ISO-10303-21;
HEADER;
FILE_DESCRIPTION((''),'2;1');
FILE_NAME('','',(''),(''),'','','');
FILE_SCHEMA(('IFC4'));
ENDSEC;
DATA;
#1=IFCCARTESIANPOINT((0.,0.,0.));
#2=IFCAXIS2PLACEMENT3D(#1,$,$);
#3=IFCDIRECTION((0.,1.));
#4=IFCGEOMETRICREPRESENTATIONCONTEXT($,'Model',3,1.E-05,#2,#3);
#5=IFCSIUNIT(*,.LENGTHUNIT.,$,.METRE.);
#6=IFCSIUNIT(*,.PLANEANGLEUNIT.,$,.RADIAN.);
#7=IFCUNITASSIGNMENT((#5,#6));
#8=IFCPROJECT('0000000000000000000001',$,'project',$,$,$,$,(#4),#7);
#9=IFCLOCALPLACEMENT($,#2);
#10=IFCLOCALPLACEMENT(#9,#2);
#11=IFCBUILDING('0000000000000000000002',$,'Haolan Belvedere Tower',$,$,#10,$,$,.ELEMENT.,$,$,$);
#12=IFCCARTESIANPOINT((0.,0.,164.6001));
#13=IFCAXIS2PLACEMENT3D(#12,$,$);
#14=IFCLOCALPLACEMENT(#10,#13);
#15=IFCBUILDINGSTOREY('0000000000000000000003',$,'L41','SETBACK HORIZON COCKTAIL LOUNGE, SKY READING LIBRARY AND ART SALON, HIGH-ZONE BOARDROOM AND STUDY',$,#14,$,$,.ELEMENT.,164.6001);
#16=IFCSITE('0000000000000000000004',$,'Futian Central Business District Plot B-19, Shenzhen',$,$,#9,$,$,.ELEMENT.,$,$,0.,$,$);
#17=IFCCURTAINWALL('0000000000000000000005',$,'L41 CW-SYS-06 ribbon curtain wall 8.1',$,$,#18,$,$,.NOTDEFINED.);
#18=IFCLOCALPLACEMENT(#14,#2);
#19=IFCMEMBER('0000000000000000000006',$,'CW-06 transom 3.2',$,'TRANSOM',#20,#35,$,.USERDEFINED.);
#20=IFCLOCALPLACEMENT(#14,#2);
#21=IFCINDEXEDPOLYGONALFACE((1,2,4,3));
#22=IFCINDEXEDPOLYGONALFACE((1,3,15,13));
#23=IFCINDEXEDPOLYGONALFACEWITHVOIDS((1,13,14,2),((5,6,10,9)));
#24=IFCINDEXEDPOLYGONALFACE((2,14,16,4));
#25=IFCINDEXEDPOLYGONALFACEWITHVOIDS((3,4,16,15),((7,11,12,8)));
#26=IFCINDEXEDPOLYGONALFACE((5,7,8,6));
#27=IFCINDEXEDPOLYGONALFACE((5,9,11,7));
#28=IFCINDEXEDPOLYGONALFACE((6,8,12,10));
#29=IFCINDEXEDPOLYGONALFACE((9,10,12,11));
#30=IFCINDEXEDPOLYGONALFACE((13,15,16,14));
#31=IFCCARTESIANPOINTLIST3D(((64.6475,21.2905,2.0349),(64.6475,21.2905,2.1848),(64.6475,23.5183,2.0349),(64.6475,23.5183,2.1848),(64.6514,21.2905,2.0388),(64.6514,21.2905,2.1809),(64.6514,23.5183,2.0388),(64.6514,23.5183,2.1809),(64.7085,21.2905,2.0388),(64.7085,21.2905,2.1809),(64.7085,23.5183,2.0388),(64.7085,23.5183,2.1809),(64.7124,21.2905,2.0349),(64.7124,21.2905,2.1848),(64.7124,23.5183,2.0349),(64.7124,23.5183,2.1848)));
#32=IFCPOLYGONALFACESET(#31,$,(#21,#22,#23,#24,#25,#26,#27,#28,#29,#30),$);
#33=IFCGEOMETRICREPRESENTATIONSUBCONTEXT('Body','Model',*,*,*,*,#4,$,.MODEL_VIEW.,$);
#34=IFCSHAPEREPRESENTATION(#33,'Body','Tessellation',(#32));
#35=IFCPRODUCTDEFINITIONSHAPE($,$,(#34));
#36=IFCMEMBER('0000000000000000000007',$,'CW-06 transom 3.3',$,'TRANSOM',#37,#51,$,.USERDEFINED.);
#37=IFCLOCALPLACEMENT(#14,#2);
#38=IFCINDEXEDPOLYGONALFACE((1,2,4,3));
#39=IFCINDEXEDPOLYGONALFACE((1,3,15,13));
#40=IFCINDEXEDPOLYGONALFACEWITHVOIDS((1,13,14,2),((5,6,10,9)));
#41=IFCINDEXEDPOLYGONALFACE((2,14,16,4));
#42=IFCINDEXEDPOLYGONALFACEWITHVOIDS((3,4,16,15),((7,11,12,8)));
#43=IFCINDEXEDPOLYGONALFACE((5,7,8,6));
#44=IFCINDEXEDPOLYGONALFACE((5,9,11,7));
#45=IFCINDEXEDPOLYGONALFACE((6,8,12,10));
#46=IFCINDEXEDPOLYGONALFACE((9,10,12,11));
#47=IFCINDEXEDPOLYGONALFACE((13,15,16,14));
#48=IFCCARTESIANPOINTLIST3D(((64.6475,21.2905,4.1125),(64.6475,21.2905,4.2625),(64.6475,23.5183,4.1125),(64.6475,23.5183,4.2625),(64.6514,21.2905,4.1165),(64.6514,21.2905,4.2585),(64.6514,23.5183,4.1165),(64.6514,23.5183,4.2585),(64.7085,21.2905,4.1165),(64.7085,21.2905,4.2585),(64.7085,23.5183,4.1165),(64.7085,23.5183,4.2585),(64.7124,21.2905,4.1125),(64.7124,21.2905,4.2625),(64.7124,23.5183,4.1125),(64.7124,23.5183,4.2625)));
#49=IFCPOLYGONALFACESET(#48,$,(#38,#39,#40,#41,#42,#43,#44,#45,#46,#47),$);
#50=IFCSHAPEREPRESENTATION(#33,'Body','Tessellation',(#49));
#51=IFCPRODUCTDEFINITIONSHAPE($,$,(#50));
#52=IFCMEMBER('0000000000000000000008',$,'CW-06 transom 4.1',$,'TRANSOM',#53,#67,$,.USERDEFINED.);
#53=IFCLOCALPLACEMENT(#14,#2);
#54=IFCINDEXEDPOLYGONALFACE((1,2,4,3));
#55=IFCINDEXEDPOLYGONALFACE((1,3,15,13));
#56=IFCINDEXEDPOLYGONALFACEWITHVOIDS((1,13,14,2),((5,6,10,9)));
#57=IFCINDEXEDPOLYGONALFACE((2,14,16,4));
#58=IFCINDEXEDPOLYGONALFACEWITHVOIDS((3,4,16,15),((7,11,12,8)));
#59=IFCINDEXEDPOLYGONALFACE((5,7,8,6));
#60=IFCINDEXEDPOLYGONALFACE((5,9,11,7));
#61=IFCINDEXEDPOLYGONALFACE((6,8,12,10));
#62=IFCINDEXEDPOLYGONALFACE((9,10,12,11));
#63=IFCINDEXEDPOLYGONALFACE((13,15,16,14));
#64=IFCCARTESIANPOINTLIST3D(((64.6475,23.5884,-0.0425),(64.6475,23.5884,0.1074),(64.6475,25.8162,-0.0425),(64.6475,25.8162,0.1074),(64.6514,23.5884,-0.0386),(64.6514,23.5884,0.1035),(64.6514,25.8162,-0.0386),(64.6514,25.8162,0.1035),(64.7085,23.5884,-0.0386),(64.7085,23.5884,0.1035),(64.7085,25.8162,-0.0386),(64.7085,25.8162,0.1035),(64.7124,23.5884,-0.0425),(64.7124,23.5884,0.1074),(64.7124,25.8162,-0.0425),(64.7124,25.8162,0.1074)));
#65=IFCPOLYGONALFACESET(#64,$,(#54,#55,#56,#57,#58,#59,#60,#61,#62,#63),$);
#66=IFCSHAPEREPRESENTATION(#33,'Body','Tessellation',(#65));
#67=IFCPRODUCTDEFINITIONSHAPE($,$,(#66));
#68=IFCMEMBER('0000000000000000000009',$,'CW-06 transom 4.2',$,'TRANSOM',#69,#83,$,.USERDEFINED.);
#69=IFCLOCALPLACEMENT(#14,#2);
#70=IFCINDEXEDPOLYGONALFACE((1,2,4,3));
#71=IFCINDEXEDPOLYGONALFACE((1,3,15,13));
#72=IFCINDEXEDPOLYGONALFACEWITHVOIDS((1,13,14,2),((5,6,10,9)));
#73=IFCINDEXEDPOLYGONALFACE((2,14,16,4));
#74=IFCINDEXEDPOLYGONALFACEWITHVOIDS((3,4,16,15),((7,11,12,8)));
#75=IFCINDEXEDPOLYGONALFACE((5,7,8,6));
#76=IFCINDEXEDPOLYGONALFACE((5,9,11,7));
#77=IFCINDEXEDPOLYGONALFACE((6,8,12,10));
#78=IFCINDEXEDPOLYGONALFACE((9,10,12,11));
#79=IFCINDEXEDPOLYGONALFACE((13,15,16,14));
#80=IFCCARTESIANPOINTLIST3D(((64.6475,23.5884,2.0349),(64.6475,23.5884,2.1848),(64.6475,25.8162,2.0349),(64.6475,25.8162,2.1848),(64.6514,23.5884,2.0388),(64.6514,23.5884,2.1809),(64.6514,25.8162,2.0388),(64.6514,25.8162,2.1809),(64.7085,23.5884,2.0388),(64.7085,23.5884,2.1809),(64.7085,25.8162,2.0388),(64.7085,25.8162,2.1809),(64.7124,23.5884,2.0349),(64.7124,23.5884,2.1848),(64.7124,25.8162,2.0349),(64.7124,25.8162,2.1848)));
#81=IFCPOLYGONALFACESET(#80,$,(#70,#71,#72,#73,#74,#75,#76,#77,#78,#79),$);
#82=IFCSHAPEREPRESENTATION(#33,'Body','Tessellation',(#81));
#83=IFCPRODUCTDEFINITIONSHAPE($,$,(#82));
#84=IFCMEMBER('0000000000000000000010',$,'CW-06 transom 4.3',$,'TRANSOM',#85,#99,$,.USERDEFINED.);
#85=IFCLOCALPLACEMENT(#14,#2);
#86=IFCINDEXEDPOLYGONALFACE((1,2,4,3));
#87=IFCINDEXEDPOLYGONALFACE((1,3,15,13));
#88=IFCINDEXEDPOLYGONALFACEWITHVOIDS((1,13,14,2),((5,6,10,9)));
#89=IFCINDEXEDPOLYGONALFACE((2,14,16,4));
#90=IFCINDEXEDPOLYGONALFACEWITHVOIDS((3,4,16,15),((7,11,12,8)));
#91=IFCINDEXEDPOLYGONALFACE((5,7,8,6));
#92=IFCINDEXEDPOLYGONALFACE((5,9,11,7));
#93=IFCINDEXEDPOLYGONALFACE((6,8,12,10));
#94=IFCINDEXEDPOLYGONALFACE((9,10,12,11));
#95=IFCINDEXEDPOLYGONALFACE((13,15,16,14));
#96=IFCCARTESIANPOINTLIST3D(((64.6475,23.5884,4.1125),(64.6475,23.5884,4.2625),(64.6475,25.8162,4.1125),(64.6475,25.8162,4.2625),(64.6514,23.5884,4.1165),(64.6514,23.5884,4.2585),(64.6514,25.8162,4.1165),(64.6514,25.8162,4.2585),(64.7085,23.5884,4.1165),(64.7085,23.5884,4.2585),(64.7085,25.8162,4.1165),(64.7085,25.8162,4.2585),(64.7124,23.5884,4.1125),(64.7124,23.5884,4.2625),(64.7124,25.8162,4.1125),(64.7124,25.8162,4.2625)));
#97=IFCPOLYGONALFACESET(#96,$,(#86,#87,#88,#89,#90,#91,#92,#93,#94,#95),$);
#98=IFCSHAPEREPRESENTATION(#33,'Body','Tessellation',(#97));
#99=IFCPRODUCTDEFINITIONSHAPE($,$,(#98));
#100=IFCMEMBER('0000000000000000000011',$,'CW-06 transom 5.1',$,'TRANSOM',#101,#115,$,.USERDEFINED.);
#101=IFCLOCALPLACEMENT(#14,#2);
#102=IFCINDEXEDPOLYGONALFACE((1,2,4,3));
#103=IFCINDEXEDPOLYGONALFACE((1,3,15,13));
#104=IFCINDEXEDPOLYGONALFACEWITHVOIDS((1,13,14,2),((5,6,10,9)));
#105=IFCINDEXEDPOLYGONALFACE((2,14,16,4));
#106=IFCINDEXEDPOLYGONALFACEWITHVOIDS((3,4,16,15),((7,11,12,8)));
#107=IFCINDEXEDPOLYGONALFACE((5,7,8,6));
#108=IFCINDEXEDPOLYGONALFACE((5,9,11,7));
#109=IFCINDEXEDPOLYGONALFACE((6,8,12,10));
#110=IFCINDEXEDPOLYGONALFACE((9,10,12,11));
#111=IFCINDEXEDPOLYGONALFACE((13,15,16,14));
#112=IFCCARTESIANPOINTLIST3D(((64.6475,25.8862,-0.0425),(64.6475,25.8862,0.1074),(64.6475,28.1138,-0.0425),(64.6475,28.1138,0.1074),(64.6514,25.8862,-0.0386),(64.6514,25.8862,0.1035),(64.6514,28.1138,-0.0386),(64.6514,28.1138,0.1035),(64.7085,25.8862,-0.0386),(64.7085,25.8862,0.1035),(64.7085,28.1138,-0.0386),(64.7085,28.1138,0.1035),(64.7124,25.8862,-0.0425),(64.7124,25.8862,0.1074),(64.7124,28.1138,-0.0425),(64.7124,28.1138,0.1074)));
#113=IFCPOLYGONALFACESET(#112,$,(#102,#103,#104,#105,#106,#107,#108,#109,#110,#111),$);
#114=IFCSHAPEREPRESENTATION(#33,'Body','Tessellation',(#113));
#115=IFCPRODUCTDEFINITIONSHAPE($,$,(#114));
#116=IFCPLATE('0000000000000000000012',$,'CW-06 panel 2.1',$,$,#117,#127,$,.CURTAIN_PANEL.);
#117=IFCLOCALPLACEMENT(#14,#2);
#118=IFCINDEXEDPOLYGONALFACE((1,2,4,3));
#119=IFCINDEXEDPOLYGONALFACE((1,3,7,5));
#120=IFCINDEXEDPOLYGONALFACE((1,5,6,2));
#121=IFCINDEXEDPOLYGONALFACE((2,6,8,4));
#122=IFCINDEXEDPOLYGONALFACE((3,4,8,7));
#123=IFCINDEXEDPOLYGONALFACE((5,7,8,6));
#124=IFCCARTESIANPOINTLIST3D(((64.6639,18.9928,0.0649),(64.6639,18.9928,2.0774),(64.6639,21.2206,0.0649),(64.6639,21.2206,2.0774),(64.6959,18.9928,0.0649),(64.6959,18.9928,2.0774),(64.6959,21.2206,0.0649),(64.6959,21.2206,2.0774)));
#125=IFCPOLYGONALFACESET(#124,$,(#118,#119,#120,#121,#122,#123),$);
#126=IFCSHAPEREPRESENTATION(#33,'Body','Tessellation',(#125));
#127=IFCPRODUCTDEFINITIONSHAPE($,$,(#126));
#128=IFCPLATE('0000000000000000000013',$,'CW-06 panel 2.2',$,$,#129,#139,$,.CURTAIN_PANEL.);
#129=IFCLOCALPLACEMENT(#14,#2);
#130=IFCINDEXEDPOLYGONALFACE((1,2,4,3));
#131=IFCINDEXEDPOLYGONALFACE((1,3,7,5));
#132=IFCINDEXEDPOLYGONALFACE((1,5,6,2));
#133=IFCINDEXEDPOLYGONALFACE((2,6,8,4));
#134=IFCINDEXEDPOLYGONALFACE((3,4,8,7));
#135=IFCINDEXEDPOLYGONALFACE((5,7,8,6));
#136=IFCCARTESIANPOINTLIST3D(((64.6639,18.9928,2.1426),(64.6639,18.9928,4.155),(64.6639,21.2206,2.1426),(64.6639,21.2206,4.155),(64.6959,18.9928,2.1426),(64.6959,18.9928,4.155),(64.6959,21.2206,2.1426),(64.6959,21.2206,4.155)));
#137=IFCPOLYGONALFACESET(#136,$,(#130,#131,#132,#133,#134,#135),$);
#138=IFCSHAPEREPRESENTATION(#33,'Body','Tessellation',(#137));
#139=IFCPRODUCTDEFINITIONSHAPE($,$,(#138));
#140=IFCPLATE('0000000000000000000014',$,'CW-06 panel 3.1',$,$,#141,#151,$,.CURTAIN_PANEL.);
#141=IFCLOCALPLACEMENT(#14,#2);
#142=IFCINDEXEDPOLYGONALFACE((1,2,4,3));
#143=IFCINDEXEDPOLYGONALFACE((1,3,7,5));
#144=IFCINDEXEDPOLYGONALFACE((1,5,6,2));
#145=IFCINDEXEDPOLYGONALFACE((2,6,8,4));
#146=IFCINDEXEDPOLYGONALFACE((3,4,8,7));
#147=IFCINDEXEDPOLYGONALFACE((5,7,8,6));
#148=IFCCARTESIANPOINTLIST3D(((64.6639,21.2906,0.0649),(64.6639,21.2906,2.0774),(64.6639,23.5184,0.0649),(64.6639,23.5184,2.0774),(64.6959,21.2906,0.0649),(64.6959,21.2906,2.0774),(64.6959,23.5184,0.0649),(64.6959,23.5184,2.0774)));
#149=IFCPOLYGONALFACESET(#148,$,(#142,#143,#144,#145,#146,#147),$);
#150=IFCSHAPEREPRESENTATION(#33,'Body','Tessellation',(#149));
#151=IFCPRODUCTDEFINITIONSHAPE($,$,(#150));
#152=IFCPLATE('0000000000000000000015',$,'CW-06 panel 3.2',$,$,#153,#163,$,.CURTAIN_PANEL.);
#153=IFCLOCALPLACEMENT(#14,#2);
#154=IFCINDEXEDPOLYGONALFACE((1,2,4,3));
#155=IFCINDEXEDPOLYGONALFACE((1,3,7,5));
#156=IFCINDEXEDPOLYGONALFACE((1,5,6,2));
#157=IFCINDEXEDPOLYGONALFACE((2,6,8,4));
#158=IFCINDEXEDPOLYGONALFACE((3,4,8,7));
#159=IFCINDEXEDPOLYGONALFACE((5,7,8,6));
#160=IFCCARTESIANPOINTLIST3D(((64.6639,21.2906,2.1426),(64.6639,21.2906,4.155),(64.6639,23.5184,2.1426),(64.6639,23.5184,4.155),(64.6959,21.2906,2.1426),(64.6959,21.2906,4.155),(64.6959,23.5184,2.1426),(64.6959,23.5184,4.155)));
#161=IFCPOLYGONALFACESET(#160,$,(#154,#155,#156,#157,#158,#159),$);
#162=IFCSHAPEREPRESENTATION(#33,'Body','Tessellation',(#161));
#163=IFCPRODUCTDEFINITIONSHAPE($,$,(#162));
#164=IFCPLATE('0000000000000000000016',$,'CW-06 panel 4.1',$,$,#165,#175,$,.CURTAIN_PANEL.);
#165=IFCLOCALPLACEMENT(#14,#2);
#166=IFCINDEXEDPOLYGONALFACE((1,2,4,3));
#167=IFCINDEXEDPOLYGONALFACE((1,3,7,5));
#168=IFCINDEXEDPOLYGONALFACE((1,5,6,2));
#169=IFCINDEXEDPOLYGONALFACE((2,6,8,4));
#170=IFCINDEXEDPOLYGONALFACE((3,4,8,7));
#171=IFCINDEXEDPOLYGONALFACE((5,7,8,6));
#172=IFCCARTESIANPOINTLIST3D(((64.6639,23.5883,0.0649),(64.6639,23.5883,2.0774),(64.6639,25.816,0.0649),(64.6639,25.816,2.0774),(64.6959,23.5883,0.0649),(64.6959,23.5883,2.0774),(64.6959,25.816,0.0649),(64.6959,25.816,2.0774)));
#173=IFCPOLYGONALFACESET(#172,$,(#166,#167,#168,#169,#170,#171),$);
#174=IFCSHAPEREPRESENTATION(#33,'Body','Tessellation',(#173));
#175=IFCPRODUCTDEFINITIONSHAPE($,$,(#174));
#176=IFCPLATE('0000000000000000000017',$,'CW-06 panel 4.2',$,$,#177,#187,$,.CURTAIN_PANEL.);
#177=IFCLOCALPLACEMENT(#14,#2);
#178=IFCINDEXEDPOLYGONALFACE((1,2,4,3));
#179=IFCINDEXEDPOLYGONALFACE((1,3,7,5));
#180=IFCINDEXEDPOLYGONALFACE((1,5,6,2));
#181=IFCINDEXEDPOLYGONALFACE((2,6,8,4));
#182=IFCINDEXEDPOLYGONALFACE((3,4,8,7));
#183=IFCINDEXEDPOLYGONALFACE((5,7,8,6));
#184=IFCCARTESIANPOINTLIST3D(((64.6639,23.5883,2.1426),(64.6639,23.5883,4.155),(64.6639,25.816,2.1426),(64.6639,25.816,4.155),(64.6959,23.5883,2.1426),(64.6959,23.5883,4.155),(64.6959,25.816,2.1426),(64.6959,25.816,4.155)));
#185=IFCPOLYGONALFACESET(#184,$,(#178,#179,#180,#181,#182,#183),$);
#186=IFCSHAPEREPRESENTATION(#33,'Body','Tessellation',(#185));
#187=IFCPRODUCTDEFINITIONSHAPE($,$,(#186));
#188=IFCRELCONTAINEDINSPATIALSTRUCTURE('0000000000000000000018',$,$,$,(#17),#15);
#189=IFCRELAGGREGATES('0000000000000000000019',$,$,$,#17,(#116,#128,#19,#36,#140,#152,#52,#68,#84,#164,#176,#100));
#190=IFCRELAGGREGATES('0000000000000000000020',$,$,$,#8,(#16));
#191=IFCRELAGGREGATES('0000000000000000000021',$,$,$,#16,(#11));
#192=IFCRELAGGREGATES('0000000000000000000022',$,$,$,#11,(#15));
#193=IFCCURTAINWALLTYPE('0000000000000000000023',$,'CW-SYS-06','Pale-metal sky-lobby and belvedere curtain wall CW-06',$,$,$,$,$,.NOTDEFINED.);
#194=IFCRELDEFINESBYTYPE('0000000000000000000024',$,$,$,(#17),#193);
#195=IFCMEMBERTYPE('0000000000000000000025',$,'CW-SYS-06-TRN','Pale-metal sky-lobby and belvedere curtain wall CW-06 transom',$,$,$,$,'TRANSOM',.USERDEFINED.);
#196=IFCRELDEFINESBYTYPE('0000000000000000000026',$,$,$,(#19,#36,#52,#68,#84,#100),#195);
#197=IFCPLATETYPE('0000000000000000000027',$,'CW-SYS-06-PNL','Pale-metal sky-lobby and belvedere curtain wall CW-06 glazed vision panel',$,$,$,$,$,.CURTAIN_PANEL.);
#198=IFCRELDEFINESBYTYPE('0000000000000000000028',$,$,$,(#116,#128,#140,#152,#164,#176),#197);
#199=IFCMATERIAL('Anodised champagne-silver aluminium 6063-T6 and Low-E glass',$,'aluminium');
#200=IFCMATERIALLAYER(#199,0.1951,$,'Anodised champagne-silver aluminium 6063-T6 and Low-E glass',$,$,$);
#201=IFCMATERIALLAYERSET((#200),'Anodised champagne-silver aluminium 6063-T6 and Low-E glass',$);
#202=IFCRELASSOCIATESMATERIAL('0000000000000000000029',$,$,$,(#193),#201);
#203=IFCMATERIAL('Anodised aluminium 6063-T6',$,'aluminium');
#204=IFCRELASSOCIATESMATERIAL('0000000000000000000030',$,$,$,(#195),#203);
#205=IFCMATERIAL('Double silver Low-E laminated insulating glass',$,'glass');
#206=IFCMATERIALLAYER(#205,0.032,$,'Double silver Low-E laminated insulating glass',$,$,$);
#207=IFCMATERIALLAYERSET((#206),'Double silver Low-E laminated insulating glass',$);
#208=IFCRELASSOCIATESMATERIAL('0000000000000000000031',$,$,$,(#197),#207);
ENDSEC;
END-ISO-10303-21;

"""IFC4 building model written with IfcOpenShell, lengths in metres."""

from ifc_helpers import new_model, si_unit, direction, frame, origin, origin_2d, place, context, subcontext, project, spatial, rectangle, hollow_rectangle, extrude, material, layer, layer_set, material_profile, profile_set, type_object, element, aggregate, save


model = new_model("IFC4")

# Units and contexts
model_context = context("Model", 3, precision=1e-05, world=origin(), true_north=direction((0.0, 1.0)))
body_context = subcontext(model_context, "Body", "Model", "MODEL_VIEW")
ifc_project = project(units=[si_unit("LENGTHUNIT", "METRE"), si_unit("PLANEANGLEUNIT", "RADIAN")], contexts=[model_context])

# Site, building, storey
site_placement = place(None, origin())
site = spatial("IfcSite", under=ifc_project, at=site_placement, Name="Futian Central Business District Plot B-19, Shenzhen", CompositionType="ELEMENT", RefElevation=0.0)
building_placement = place(site_placement, origin())
building = spatial("IfcBuilding", under=site, at=building_placement, Name="Haolan Belvedere Tower", CompositionType="ELEMENT")
storey_placement = place(building_placement, frame((0.0, 0.0, 164.6001)))
storey = spatial("IfcBuildingStorey", under=building, at=storey_placement, Name="L41", Description="SETBACK HORIZON COCKTAIL LOUNGE, SKY READING LIBRARY AND ART SALON, HIGH-ZONE BOARDROOM AND STUDY", CompositionType="ELEMENT", Elevation=164.6001)

# Curtain wall, members, plates
ifc_material_1 = material(Name="Anodised champagne-silver aluminium 6063-T6 and Low-E glass", Category="aluminium")
ifc_layer_1 = layer(ifc_material_1, 0.1951, Name="Anodised champagne-silver aluminium 6063-T6 and Low-E glass")
ifc_layer_set_1 = layer_set([ifc_layer_1], Name="Anodised champagne-silver aluminium 6063-T6 and Low-E glass")
curtain_wall_type = type_object("IfcCurtainWallType", Name="CW-SYS-06", Description="Pale-metal sky-lobby and belvedere curtain wall CW-06", PredefinedType="NOTDEFINED", material=ifc_layer_set_1)
curtain_wall_placement = place(storey_placement, origin())
curtain_wall = element("IfcCurtainWall", 1, at=curtain_wall_placement, inside=storey, type_object=curtain_wall_type, Name="L41 CW-SYS-06 ribbon curtain wall 8.1", PredefinedType="NOTDEFINED")
ifc_material_2 = material(Name="Anodised aluminium 6063-T6", Category="aluminium")
ifc_material_profile_1 = material_profile(ifc_material_2, hollow_rectangle(XDim=0.0649, YDim=0.1499, WallThickness=0.0039, at=origin_2d()), Name="Anodised aluminium 6063-T6")
ifc_profile_set_1 = profile_set([ifc_material_profile_1], Name="Anodised aluminium 6063-T6")
member_type_1 = type_object("IfcMemberType", Name="CW-SYS-06-TRN", Description="Pale-metal sky-lobby and belvedere curtain wall CW-06 transom", ElementType="TRANSOM", PredefinedType="USERDEFINED", material=ifc_profile_set_1)
member_1_placement = place(storey_placement, frame((64.6799, 21.2905, 2.1099), z_axis=(0.0, 1.0, 0.0), x_axis=(-1.0, 0.0, 0.0)))
member_1 = element("IfcMember", 2, at=member_1_placement, type_object=member_type_1, Name="CW-06 transom 3.2", ObjectType="TRANSOM", PredefinedType="USERDEFINED", context=body_context, shape_type="SweptSolid", body=[
    extrude(hollow_rectangle(XDim=0.0649, YDim=0.1499, WallThickness=0.0039, at=origin_2d()), origin(), (0.0, 0.0, 1.0), 2.2278),
])
member_2_placement = place(storey_placement, frame((64.6799, 21.2905, 4.1875), z_axis=(0.0, 1.0, 0.0), x_axis=(-1.0, 0.0, 0.0)))
member_2 = element("IfcMember", 3, at=member_2_placement, type_object=member_type_1, Name="CW-06 transom 3.3", ObjectType="TRANSOM", PredefinedType="USERDEFINED", context=body_context, shape_type="SweptSolid", body=[
    extrude(hollow_rectangle(XDim=0.0649, YDim=0.1499, WallThickness=0.0039, at=origin_2d()), origin(), (0.0, 0.0, 1.0), 2.2278),
])
member_3_placement = place(storey_placement, frame((64.6799, 23.5884, 0.0325), z_axis=(0.0, 1.0, 0.0), x_axis=(-1.0, 0.0, 0.0)))
member_3 = element("IfcMember", 4, at=member_3_placement, type_object=member_type_1, Name="CW-06 transom 4.1", ObjectType="TRANSOM", PredefinedType="USERDEFINED", context=body_context, shape_type="SweptSolid", body=[
    extrude(hollow_rectangle(XDim=0.0649, YDim=0.1499, WallThickness=0.0039, at=origin_2d()), origin(), (0.0, 0.0, 1.0), 2.2278),
])
member_4_placement = place(storey_placement, frame((64.6799, 23.5884, 2.1099), z_axis=(0.0, 1.0, 0.0), x_axis=(-1.0, 0.0, 0.0)))
member_4 = element("IfcMember", 5, at=member_4_placement, type_object=member_type_1, Name="CW-06 transom 4.2", ObjectType="TRANSOM", PredefinedType="USERDEFINED", context=body_context, shape_type="SweptSolid", body=[
    extrude(hollow_rectangle(XDim=0.0649, YDim=0.1499, WallThickness=0.0039, at=origin_2d()), origin(), (0.0, 0.0, 1.0), 2.2278),
])
member_5_placement = place(storey_placement, frame((64.6799, 23.5884, 4.1875), z_axis=(0.0, 1.0, 0.0), x_axis=(-1.0, 0.0, 0.0)))
member_5 = element("IfcMember", 6, at=member_5_placement, type_object=member_type_1, Name="CW-06 transom 4.3", ObjectType="TRANSOM", PredefinedType="USERDEFINED", context=body_context, shape_type="SweptSolid", body=[
    extrude(hollow_rectangle(XDim=0.0649, YDim=0.1499, WallThickness=0.0039, at=origin_2d()), origin(), (0.0, 0.0, 1.0), 2.2278),
])
member_6_placement = place(storey_placement, frame((64.6799, 25.8862, 0.0325), z_axis=(0.0, 1.0, 0.0), x_axis=(-1.0, 0.0, 0.0)))
member_6 = element("IfcMember", 7, at=member_6_placement, type_object=member_type_1, Name="CW-06 transom 5.1", ObjectType="TRANSOM", PredefinedType="USERDEFINED", context=body_context, shape_type="SweptSolid", body=[
    extrude(hollow_rectangle(XDim=0.0649, YDim=0.1499, WallThickness=0.0039, at=origin_2d()), origin(), (0.0, 0.0, 1.0), 2.2275),
])
ifc_material_3 = material(Name="Double silver Low-E laminated insulating glass", Category="glass")
ifc_layer_2 = layer(ifc_material_3, 0.032, Name="Double silver Low-E laminated insulating glass")
ifc_layer_set_2 = layer_set([ifc_layer_2], Name="Double silver Low-E laminated insulating glass")
plate_type = type_object("IfcPlateType", Name="CW-SYS-06-PNL", Description="Pale-metal sky-lobby and belvedere curtain wall CW-06 glazed vision panel", PredefinedType="CURTAIN_PANEL", material=ifc_layer_set_2)
plate_1_placement = place(storey_placement, frame((64.6799, 20.1067, 0.0649), z_axis=(0.0, 0.0, 1.0), x_axis=(0.0, 1.0, 0.0)))
plate_1 = element("IfcPlate", 8, at=plate_1_placement, type_object=plate_type, Name="CW-06 panel 2.1", PredefinedType="CURTAIN_PANEL", context=body_context, shape_type="SweptSolid", body=[
    extrude(rectangle(XDim=2.2278, YDim=0.032, at=origin_2d()), origin(), (0.0, 0.0, 1.0), 2.0125),
])
plate_2_placement = place(storey_placement, frame((64.6799, 20.1067, 2.1426), z_axis=(0.0, 0.0, 1.0), x_axis=(0.0, 1.0, 0.0)))
plate_2 = element("IfcPlate", 9, at=plate_2_placement, type_object=plate_type, Name="CW-06 panel 2.2", PredefinedType="CURTAIN_PANEL", context=body_context, shape_type="SweptSolid", body=[
    extrude(rectangle(XDim=2.2278, YDim=0.032, at=origin_2d()), origin(), (0.0, 0.0, 1.0), 2.0125),
])
plate_3_placement = place(storey_placement, frame((64.6799, 22.4045, 0.0649), z_axis=(0.0, 0.0, 1.0), x_axis=(0.0, 1.0, 0.0)))
plate_3 = element("IfcPlate", 10, at=plate_3_placement, type_object=plate_type, Name="CW-06 panel 3.1", PredefinedType="CURTAIN_PANEL", context=body_context, shape_type="SweptSolid", body=[
    extrude(rectangle(XDim=2.2278, YDim=0.032, at=origin_2d()), origin(), (0.0, 0.0, 1.0), 2.0125),
])
plate_4_placement = place(storey_placement, frame((64.6799, 22.4045, 2.1426), z_axis=(0.0, 0.0, 1.0), x_axis=(0.0, 1.0, 0.0)))
plate_4 = element("IfcPlate", 11, at=plate_4_placement, type_object=plate_type, Name="CW-06 panel 3.2", PredefinedType="CURTAIN_PANEL", context=body_context, shape_type="SweptSolid", body=[
    extrude(rectangle(XDim=2.2278, YDim=0.032, at=origin_2d()), origin(), (0.0, 0.0, 1.0), 2.0125),
])
plate_5_placement = place(storey_placement, frame((64.6799, 24.7021, 0.0649), z_axis=(0.0, 0.0, 1.0), x_axis=(0.0, 1.0, 0.0)))
plate_5 = element("IfcPlate", 12, at=plate_5_placement, type_object=plate_type, Name="CW-06 panel 4.1", PredefinedType="CURTAIN_PANEL", context=body_context, shape_type="SweptSolid", body=[
    extrude(rectangle(XDim=2.2278, YDim=0.032, at=origin_2d()), origin(), (0.0, 0.0, 1.0), 2.0125),
])
plate_6_placement = place(storey_placement, frame((64.6799, 24.7021, 2.1426), z_axis=(0.0, 0.0, 1.0), x_axis=(0.0, 1.0, 0.0)))
plate_6 = element("IfcPlate", 13, at=plate_6_placement, type_object=plate_type, Name="CW-06 panel 4.2", PredefinedType="CURTAIN_PANEL", context=body_context, shape_type="SweptSolid", body=[
    extrude(rectangle(XDim=2.2278, YDim=0.032, at=origin_2d()), origin(), (0.0, 0.0, 1.0), 2.0125),
])
aggregate(curtain_wall, [plate_1, plate_2, member_1, member_2, plate_3, plate_4, member_3, member_4, member_5, plate_5, plate_6, member_6])

save(model, "model.ifc")
